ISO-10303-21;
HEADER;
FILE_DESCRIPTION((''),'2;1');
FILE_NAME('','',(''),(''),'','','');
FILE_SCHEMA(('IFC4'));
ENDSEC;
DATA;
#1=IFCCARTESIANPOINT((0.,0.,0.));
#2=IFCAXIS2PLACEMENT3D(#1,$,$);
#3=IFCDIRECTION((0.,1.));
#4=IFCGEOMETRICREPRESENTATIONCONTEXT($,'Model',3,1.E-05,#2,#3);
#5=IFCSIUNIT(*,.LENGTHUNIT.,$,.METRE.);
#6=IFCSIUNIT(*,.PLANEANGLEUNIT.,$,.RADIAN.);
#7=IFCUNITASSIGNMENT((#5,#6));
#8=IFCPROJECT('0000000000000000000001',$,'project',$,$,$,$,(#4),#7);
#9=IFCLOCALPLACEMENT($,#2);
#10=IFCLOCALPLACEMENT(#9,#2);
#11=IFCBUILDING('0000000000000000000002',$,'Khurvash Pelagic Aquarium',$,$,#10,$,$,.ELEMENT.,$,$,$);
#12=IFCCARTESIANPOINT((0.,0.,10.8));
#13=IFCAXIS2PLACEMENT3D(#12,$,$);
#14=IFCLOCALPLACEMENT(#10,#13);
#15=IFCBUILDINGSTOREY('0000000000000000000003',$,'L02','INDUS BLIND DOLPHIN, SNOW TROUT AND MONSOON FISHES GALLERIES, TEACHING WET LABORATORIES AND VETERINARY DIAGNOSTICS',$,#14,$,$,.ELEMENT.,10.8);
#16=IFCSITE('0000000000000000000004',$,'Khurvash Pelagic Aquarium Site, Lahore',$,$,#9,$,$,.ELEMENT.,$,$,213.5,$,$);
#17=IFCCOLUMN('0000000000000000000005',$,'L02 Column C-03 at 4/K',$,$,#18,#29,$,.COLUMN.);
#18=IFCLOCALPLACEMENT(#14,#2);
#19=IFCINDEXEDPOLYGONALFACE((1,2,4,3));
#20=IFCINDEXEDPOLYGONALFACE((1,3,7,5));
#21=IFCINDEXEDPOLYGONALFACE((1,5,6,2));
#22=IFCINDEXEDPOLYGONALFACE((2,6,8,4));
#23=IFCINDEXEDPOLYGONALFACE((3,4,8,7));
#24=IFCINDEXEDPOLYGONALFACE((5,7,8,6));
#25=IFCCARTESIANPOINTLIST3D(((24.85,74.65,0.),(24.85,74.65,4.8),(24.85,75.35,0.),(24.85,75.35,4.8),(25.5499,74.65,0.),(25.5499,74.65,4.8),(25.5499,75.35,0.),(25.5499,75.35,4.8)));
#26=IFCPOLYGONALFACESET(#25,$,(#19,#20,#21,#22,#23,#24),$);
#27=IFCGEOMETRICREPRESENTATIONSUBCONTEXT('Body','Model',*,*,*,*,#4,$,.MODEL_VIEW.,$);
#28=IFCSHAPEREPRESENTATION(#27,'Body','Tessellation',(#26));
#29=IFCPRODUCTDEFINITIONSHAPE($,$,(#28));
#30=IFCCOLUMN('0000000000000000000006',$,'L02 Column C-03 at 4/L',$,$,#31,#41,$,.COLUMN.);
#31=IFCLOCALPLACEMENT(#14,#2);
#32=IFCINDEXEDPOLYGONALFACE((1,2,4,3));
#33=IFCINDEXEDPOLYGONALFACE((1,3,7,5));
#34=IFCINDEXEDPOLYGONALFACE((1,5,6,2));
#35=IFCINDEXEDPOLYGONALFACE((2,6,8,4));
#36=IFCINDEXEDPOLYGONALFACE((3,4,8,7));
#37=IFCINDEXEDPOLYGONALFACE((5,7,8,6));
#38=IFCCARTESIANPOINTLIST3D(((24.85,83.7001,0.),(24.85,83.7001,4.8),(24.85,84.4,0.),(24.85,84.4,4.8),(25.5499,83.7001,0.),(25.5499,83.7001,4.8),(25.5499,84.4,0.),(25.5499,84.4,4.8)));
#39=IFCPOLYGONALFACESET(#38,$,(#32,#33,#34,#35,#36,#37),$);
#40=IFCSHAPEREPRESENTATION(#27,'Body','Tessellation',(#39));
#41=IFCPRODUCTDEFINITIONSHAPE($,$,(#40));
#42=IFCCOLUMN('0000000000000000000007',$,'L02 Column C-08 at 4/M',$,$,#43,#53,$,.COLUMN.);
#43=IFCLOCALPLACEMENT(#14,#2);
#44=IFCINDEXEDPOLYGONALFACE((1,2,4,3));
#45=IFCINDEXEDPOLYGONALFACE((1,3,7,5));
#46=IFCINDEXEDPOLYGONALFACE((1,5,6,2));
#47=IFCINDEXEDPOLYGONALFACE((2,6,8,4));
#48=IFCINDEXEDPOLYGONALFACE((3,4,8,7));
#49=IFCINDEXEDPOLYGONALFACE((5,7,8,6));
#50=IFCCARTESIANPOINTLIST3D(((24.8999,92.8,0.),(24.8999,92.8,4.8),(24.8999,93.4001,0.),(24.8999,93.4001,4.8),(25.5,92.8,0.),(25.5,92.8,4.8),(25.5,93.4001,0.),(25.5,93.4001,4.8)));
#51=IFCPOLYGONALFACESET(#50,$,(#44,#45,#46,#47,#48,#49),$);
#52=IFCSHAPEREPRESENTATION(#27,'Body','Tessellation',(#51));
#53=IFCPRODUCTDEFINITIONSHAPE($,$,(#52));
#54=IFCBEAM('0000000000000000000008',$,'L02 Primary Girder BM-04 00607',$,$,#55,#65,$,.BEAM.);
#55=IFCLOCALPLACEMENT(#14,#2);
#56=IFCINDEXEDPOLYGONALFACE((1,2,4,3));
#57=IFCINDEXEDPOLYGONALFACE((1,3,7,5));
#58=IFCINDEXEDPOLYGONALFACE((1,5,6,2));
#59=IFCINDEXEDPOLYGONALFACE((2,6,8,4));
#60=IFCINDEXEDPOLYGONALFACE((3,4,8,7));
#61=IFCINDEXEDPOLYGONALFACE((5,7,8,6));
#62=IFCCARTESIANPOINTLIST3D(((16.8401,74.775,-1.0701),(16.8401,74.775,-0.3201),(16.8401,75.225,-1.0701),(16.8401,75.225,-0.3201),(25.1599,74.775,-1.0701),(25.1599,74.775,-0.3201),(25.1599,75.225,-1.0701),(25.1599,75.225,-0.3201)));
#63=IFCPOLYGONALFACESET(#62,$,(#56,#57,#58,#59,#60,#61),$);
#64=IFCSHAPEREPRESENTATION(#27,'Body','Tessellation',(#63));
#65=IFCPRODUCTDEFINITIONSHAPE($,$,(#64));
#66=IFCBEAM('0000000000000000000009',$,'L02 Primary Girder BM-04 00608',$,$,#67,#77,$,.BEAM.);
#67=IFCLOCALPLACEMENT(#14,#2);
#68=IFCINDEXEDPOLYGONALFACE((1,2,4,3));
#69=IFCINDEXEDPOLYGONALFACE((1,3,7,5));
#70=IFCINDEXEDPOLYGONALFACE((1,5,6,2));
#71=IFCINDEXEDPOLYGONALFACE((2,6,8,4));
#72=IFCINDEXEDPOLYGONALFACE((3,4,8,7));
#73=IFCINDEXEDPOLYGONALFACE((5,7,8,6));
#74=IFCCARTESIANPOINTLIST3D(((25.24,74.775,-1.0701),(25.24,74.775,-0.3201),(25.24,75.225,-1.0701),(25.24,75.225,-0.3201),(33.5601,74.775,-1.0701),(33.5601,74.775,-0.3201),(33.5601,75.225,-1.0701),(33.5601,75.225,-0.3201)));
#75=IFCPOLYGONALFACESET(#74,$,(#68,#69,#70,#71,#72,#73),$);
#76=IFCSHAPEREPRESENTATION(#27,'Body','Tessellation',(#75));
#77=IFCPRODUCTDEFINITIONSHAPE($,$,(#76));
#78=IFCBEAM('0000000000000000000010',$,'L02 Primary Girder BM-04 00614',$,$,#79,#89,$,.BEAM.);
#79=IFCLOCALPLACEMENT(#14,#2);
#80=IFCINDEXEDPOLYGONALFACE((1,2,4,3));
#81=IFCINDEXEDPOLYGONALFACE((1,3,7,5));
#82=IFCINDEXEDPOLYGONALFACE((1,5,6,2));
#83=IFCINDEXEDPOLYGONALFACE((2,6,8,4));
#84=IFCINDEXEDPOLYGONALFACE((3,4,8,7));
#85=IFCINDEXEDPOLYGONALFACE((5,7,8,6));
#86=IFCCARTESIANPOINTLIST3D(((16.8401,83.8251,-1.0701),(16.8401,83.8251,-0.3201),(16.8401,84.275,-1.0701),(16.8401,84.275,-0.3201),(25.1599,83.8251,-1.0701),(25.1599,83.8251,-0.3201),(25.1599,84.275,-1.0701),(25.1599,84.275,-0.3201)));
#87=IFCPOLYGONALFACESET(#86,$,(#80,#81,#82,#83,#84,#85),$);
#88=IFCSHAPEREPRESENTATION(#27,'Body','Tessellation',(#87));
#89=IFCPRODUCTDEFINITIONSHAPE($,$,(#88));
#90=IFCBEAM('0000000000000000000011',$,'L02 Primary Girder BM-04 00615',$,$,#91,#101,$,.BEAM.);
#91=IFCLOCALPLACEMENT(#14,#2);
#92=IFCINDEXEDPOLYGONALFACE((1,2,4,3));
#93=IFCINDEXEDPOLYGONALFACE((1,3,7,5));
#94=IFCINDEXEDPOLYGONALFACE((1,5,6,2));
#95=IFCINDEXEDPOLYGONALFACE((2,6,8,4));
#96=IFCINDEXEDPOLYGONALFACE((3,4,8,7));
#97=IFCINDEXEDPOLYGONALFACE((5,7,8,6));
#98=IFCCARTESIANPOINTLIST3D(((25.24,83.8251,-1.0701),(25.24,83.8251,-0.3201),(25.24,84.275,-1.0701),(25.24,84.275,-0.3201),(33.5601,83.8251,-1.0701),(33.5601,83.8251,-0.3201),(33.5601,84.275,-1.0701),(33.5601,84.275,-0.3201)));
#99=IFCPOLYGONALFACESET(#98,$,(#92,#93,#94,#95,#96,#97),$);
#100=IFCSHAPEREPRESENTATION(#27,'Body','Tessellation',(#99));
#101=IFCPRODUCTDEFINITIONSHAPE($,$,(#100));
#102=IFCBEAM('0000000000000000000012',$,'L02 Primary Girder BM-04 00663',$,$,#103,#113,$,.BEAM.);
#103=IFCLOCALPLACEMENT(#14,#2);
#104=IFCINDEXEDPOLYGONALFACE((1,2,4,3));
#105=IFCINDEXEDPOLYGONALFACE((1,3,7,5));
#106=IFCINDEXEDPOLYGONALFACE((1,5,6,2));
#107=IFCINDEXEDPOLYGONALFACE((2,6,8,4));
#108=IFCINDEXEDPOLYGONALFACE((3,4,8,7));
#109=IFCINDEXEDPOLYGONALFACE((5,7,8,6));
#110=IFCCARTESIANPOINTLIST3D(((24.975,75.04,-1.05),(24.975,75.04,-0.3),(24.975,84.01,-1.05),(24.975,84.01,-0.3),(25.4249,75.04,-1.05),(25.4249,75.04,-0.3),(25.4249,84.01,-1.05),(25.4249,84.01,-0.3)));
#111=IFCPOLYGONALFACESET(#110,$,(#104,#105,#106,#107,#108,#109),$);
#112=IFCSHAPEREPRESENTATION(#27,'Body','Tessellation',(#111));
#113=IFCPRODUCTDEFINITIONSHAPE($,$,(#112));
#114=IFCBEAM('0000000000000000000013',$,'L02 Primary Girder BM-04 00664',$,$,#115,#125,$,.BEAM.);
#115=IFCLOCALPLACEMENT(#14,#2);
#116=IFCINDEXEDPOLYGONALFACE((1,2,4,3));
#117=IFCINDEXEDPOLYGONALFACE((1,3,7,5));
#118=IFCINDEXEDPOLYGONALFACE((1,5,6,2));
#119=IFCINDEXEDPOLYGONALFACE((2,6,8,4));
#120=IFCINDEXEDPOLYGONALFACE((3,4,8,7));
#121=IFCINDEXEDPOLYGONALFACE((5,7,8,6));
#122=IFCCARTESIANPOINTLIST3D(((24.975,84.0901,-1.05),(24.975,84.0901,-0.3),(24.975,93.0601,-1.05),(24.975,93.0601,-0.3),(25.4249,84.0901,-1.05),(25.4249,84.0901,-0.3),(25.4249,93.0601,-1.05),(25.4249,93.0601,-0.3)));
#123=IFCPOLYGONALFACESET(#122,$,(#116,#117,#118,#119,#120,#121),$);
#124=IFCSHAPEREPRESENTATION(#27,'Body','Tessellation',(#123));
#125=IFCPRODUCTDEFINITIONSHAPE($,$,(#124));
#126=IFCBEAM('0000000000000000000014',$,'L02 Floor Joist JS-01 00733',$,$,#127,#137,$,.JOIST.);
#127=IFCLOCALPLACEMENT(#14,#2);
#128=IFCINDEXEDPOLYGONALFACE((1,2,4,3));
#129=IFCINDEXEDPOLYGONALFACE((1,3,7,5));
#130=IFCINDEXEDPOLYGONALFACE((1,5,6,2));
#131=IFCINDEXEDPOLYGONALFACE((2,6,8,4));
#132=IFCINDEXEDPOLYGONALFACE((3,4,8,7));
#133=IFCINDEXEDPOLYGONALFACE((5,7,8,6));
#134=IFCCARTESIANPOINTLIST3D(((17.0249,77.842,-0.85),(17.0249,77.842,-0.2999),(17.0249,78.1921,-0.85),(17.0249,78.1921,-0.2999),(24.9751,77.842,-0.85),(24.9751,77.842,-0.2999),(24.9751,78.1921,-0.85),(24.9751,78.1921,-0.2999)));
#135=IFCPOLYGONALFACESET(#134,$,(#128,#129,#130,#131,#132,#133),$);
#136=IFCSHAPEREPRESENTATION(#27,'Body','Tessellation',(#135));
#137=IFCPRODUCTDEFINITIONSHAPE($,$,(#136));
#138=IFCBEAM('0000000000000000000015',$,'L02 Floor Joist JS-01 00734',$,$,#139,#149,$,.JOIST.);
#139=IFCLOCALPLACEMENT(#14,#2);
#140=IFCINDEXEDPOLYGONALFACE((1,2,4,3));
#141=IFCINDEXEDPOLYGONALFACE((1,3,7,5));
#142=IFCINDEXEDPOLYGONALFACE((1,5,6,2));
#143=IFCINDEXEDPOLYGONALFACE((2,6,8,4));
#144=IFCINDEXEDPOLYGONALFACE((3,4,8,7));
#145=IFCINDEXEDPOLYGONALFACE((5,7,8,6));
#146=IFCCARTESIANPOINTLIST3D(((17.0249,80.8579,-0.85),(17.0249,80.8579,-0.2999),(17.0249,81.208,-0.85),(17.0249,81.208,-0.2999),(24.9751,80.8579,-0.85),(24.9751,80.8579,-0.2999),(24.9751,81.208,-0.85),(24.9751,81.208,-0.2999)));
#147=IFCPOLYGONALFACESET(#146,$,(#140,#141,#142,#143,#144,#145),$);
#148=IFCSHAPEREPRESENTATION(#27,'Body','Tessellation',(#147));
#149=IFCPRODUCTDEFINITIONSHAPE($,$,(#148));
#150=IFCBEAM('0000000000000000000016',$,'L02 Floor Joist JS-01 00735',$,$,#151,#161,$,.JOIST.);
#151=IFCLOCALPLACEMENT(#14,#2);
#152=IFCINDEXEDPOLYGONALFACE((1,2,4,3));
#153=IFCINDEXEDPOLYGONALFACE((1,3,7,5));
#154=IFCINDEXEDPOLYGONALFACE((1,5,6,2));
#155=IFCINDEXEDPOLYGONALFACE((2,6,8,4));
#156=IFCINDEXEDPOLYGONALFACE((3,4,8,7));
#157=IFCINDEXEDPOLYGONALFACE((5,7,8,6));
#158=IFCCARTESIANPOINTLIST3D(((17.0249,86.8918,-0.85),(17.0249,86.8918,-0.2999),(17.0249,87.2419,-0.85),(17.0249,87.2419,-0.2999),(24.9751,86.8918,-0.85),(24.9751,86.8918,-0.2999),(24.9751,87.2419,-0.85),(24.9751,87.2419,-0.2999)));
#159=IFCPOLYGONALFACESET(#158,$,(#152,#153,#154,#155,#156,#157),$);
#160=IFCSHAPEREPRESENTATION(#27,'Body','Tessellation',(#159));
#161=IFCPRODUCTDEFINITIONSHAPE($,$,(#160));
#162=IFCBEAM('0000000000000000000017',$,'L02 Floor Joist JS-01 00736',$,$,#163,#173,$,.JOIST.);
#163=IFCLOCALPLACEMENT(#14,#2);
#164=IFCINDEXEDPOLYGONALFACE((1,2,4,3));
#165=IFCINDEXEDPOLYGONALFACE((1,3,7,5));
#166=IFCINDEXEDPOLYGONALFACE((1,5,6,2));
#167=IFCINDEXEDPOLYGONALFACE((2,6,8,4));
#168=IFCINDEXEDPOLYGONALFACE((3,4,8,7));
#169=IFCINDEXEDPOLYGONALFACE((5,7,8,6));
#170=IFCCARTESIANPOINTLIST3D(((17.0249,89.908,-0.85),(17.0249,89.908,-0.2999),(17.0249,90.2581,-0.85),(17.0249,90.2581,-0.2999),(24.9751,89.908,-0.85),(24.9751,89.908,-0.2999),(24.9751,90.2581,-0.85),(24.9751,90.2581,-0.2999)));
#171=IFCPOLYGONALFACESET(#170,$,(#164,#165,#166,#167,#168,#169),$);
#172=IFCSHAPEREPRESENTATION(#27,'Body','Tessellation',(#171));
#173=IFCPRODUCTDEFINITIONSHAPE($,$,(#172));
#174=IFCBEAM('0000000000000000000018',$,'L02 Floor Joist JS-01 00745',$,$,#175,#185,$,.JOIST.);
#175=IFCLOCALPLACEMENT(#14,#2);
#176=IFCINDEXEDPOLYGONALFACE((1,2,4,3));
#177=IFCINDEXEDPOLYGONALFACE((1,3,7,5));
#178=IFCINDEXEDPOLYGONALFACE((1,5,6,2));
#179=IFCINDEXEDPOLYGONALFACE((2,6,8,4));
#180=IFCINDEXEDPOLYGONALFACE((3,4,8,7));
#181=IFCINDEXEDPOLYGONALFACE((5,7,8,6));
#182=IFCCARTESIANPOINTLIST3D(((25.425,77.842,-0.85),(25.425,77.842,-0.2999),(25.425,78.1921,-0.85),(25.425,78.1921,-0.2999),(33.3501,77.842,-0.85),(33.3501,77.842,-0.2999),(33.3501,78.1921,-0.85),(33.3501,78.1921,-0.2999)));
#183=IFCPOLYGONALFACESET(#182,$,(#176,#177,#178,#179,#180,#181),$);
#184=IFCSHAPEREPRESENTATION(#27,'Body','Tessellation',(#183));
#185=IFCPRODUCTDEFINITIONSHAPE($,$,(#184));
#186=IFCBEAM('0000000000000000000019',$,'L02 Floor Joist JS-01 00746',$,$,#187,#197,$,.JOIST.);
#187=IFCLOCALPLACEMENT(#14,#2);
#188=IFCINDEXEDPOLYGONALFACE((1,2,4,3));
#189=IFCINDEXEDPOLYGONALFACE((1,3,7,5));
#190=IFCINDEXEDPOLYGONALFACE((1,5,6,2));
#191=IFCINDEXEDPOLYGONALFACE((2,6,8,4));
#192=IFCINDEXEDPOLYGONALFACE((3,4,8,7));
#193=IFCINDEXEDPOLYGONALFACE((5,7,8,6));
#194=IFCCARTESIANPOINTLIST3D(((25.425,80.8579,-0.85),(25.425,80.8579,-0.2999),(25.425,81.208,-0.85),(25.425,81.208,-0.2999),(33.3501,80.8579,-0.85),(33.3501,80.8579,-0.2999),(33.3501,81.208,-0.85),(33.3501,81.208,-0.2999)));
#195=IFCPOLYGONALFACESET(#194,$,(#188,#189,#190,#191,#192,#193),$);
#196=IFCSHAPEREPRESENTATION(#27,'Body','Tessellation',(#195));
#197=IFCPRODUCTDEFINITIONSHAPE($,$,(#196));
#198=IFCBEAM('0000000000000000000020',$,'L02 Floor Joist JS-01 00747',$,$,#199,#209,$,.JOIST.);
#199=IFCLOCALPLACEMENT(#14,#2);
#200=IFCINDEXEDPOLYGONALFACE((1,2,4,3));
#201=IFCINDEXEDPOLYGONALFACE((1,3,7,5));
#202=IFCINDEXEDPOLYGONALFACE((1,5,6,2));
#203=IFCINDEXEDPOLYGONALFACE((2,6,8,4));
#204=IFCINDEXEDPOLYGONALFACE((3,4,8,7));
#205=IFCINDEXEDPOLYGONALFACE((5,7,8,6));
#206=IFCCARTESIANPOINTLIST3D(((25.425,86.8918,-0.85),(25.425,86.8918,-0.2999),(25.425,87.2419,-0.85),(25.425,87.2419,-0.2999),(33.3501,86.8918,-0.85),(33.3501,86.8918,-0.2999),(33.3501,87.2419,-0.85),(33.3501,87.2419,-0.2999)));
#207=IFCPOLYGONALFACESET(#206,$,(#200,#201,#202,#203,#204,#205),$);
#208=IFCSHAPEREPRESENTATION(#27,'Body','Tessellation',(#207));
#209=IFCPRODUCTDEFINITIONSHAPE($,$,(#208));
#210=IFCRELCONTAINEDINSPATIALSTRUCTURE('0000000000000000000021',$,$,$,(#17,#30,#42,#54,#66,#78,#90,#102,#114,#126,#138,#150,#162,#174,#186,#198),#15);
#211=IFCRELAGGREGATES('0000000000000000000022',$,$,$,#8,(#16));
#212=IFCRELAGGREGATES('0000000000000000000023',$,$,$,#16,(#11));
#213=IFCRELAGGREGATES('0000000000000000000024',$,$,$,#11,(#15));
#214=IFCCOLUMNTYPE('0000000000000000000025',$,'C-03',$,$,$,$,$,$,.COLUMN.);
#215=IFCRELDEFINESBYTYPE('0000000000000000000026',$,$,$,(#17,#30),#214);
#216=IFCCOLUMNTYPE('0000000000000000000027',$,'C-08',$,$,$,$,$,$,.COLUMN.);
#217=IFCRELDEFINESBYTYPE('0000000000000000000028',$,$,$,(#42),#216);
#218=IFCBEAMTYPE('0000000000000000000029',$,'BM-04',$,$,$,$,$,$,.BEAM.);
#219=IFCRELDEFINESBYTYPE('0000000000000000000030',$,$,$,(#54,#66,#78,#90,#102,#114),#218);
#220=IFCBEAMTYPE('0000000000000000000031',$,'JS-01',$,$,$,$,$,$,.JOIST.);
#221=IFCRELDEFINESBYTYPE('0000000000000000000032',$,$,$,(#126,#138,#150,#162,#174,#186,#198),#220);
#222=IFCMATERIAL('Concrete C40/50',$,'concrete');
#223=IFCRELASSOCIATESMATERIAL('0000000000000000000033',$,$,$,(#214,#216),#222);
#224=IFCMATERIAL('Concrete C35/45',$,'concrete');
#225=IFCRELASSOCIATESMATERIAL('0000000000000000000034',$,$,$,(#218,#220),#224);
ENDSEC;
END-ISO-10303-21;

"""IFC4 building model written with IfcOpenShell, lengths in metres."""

from ifc_helpers import new_model, si_unit, direction, frame, origin, origin_2d, place, context, subcontext, project, spatial, rectangle, extrude, material, material_profile, profile_set, type_object, element, save


model = new_model("IFC4")

# Units and contexts
model_context = context("Model", 3, precision=1e-05, world=origin(), true_north=direction((0.0, 1.0)))
body_context = subcontext(model_context, "Body", "Model", "MODEL_VIEW")
ifc_project = project(units=[si_unit("LENGTHUNIT", "METRE"), si_unit("PLANEANGLEUNIT", "RADIAN")], contexts=[model_context])

# Site, building, storey
site_placement = place(None, origin())
site = spatial("IfcSite", under=ifc_project, at=site_placement, Name="Khurvash Pelagic Aquarium Site, Lahore", CompositionType="ELEMENT", RefElevation=213.5)
building_placement = place(site_placement, origin())
building = spatial("IfcBuilding", under=site, at=building_placement, Name="Khurvash Pelagic Aquarium", CompositionType="ELEMENT")
storey_placement = place(building_placement, frame((0.0, 0.0, 10.8)))
storey = spatial("IfcBuildingStorey", under=building, at=storey_placement, Name="L02", Description="INDUS BLIND DOLPHIN, SNOW TROUT AND MONSOON FISHES GALLERIES, TEACHING WET LABORATORIES AND VETERINARY DIAGNOSTICS", CompositionType="ELEMENT", Elevation=10.8)

# Columns
ifc_material_1 = material(Name="Concrete C40/50", Category="concrete")
ifc_material_profile_1 = material_profile(ifc_material_1, rectangle(XDim=0.7, YDim=0.7, at=origin_2d()), Name="RC700X700")
ifc_profile_set_1 = profile_set([ifc_material_profile_1], Name="Concrete C40/50")
column_type_1 = type_object("IfcColumnType", Name="C-03", PredefinedType="COLUMN", material=ifc_profile_set_1)
for number, where, z_axis, x_axis, name in (
    (1, (25.2, 75.0, 0.0), (0.0, 0.0, 1.0), (1.0, 0.0, 0.0), "L02 Column C-03 at 4/K"),
    (2, (25.2, 84.05, 0.0), (0.0, 0.0, 1.0), (1.0, 0.0, 0.0), "L02 Column C-03 at 4/L"),
):
    element("IfcColumn", number, at=place(storey_placement, frame(where, z_axis=z_axis, x_axis=x_axis)), inside=storey, type_object=column_type_1, Name=name, PredefinedType="COLUMN", context=body_context, shape_type="SweptSolid", body=[
        extrude(rectangle(XDim=0.7, YDim=0.7, at=origin_2d()), origin(), (0.0, 0.0, 1.0), 4.8),
    ])
ifc_material_profile_2 = material_profile(ifc_material_1, rectangle(XDim=0.6001, YDim=0.6001, at=origin_2d()), Name="RC600X600")
ifc_profile_set_2 = profile_set([ifc_material_profile_2], Name="Concrete C40/50")
column_type_2 = type_object("IfcColumnType", Name="C-08", PredefinedType="COLUMN", material=ifc_profile_set_2)
column_placement = place(storey_placement, frame((25.2, 93.1001, 0.0), z_axis=(0.0, 0.0, 1.0), x_axis=(1.0, 0.0, 0.0)))
element("IfcColumn", 3, at=column_placement, inside=storey, type_object=column_type_2, Name="L02 Column C-08 at 4/M", PredefinedType="COLUMN", context=body_context, shape_type="SweptSolid", body=[
    extrude(rectangle(XDim=0.6001, YDim=0.6001, at=origin_2d()), origin(), (0.0, 0.0, 1.0), 4.8),
])

# Beams
ifc_material_2 = material(Name="Concrete C35/45", Category="concrete")
ifc_material_profile_3 = material_profile(ifc_material_2, rectangle(XDim=0.45, YDim=0.75, at=origin_2d()), Name="RC450X750")
ifc_profile_set_3 = profile_set([ifc_material_profile_3], Name="Concrete C35/45")
beam_type_1 = type_object("IfcBeamType", Name="BM-04", PredefinedType="BEAM", material=ifc_profile_set_3)
beam_1_placement = place(storey_placement, frame((16.8401, 75.0, -0.6951), z_axis=(1.0, 0.0, 0.0), x_axis=(0.0, 1.0, 0.0)))
element("IfcBeam", 4, at=beam_1_placement, inside=storey, type_object=beam_type_1, Name="L02 Primary Girder BM-04 00607", PredefinedType="BEAM", context=body_context, shape_type="SweptSolid", body=[
    extrude(rectangle(XDim=0.45, YDim=0.75, at=origin_2d()), origin(), (0.0, 0.0, 1.0), 8.3198),
])
beam_2_placement = place(storey_placement, frame((25.24, 75.0, -0.6951), z_axis=(1.0, 0.0, 0.0), x_axis=(0.0, 1.0, 0.0)))
element("IfcBeam", 5, at=beam_2_placement, inside=storey, type_object=beam_type_1, Name="L02 Primary Girder BM-04 00608", PredefinedType="BEAM", context=body_context, shape_type="SweptSolid", body=[
    extrude(rectangle(XDim=0.45, YDim=0.75, at=origin_2d()), origin(), (0.0, 0.0, 1.0), 8.3201),
])
beam_3_placement = place(storey_placement, frame((16.8401, 84.05, -0.6951), z_axis=(1.0, 0.0, 0.0), x_axis=(0.0, 1.0, 0.0)))
element("IfcBeam", 6, at=beam_3_placement, inside=storey, type_object=beam_type_1, Name="L02 Primary Girder BM-04 00614", PredefinedType="BEAM", context=body_context, shape_type="SweptSolid", body=[
    extrude(rectangle(XDim=0.45, YDim=0.75, at=origin_2d()), origin(), (0.0, 0.0, 1.0), 8.3198),
])
beam_4_placement = place(storey_placement, frame((25.24, 84.05, -0.6951), z_axis=(1.0, 0.0, 0.0), x_axis=(0.0, 1.0, 0.0)))
element("IfcBeam", 7, at=beam_4_placement, inside=storey, type_object=beam_type_1, Name="L02 Primary Girder BM-04 00615", PredefinedType="BEAM", context=body_context, shape_type="SweptSolid", body=[
    extrude(rectangle(XDim=0.45, YDim=0.75, at=origin_2d()), origin(), (0.0, 0.0, 1.0), 8.3201),
])
for number, where, z_axis, x_axis, name in (
    (8, (25.2, 75.04, -0.675), (0.0, 1.0, 0.0), (-1.0, 0.0, 0.0), "L02 Primary Girder BM-04 00663"),
    (9, (25.2, 84.0901, -0.675), (0.0, 1.0, 0.0), (-1.0, 0.0, 0.0), "L02 Primary Girder BM-04 00664"),
):
    element("IfcBeam", number, at=place(storey_placement, frame(where, z_axis=z_axis, x_axis=x_axis)), inside=storey, type_object=beam_type_1, Name=name, PredefinedType="BEAM", context=body_context, shape_type="SweptSolid", body=[
        extrude(rectangle(XDim=0.45, YDim=0.75, at=origin_2d()), origin(), (0.0, 0.0, 1.0), 8.97),
    ])
ifc_material_profile_4 = material_profile(ifc_material_2, rectangle(XDim=0.3501, YDim=0.55, at=origin_2d()), Name="RC350X550")
ifc_profile_set_4 = profile_set([ifc_material_profile_4], Name="Concrete C35/45")
beam_type_2 = type_object("IfcBeamType", Name="JS-01", PredefinedType="JOIST", material=ifc_profile_set_4)
for number, where, z_axis, x_axis, name in (
    (10, (17.0249, 78.0171, -0.575), (1.0, 0.0, 0.0), (0.0, 1.0, 0.0), "L02 Floor Joist JS-01 00733"),
    (11, (17.0249, 81.033, -0.575), (1.0, 0.0, 0.0), (0.0, 1.0, 0.0), "L02 Floor Joist JS-01 00734"),
    (12, (17.0249, 87.0669, -0.575), (1.0, 0.0, 0.0), (0.0, 1.0, 0.0), "L02 Floor Joist JS-01 00735"),
    (13, (17.0249, 90.083, -0.575), (1.0, 0.0, 0.0), (0.0, 1.0, 0.0), "L02 Floor Joist JS-01 00736"),
):
    element("IfcBeam", number, at=place(storey_placement, frame(where, z_axis=z_axis, x_axis=x_axis)), inside=storey, type_object=beam_type_2, Name=name, PredefinedType="JOIST", context=body_context, shape_type="SweptSolid", body=[
        extrude(rectangle(XDim=0.3501, YDim=0.55, at=origin_2d()), origin(), (0.0, 0.0, 1.0), 7.9502),
    ])
for number, where, z_axis, x_axis, name in (
    (14, (25.425, 78.0171, -0.575), (1.0, 0.0, 0.0), (0.0, 1.0, 0.0), "L02 Floor Joist JS-01 00745"),
    (15, (25.425, 81.033, -0.575), (1.0, 0.0, 0.0), (0.0, 1.0, 0.0), "L02 Floor Joist JS-01 00746"),
    (16, (25.425, 87.0669, -0.575), (1.0, 0.0, 0.0), (0.0, 1.0, 0.0), "L02 Floor Joist JS-01 00747"),
):
    element("IfcBeam", number, at=place(storey_placement, frame(where, z_axis=z_axis, x_axis=x_axis)), inside=storey, type_object=beam_type_2, Name=name, PredefinedType="JOIST", context=body_context, shape_type="SweptSolid", body=[
        extrude(rectangle(XDim=0.3501, YDim=0.55, at=origin_2d()), origin(), (0.0, 0.0, 1.0), 7.925),
    ])

save(model, "model.ifc")
